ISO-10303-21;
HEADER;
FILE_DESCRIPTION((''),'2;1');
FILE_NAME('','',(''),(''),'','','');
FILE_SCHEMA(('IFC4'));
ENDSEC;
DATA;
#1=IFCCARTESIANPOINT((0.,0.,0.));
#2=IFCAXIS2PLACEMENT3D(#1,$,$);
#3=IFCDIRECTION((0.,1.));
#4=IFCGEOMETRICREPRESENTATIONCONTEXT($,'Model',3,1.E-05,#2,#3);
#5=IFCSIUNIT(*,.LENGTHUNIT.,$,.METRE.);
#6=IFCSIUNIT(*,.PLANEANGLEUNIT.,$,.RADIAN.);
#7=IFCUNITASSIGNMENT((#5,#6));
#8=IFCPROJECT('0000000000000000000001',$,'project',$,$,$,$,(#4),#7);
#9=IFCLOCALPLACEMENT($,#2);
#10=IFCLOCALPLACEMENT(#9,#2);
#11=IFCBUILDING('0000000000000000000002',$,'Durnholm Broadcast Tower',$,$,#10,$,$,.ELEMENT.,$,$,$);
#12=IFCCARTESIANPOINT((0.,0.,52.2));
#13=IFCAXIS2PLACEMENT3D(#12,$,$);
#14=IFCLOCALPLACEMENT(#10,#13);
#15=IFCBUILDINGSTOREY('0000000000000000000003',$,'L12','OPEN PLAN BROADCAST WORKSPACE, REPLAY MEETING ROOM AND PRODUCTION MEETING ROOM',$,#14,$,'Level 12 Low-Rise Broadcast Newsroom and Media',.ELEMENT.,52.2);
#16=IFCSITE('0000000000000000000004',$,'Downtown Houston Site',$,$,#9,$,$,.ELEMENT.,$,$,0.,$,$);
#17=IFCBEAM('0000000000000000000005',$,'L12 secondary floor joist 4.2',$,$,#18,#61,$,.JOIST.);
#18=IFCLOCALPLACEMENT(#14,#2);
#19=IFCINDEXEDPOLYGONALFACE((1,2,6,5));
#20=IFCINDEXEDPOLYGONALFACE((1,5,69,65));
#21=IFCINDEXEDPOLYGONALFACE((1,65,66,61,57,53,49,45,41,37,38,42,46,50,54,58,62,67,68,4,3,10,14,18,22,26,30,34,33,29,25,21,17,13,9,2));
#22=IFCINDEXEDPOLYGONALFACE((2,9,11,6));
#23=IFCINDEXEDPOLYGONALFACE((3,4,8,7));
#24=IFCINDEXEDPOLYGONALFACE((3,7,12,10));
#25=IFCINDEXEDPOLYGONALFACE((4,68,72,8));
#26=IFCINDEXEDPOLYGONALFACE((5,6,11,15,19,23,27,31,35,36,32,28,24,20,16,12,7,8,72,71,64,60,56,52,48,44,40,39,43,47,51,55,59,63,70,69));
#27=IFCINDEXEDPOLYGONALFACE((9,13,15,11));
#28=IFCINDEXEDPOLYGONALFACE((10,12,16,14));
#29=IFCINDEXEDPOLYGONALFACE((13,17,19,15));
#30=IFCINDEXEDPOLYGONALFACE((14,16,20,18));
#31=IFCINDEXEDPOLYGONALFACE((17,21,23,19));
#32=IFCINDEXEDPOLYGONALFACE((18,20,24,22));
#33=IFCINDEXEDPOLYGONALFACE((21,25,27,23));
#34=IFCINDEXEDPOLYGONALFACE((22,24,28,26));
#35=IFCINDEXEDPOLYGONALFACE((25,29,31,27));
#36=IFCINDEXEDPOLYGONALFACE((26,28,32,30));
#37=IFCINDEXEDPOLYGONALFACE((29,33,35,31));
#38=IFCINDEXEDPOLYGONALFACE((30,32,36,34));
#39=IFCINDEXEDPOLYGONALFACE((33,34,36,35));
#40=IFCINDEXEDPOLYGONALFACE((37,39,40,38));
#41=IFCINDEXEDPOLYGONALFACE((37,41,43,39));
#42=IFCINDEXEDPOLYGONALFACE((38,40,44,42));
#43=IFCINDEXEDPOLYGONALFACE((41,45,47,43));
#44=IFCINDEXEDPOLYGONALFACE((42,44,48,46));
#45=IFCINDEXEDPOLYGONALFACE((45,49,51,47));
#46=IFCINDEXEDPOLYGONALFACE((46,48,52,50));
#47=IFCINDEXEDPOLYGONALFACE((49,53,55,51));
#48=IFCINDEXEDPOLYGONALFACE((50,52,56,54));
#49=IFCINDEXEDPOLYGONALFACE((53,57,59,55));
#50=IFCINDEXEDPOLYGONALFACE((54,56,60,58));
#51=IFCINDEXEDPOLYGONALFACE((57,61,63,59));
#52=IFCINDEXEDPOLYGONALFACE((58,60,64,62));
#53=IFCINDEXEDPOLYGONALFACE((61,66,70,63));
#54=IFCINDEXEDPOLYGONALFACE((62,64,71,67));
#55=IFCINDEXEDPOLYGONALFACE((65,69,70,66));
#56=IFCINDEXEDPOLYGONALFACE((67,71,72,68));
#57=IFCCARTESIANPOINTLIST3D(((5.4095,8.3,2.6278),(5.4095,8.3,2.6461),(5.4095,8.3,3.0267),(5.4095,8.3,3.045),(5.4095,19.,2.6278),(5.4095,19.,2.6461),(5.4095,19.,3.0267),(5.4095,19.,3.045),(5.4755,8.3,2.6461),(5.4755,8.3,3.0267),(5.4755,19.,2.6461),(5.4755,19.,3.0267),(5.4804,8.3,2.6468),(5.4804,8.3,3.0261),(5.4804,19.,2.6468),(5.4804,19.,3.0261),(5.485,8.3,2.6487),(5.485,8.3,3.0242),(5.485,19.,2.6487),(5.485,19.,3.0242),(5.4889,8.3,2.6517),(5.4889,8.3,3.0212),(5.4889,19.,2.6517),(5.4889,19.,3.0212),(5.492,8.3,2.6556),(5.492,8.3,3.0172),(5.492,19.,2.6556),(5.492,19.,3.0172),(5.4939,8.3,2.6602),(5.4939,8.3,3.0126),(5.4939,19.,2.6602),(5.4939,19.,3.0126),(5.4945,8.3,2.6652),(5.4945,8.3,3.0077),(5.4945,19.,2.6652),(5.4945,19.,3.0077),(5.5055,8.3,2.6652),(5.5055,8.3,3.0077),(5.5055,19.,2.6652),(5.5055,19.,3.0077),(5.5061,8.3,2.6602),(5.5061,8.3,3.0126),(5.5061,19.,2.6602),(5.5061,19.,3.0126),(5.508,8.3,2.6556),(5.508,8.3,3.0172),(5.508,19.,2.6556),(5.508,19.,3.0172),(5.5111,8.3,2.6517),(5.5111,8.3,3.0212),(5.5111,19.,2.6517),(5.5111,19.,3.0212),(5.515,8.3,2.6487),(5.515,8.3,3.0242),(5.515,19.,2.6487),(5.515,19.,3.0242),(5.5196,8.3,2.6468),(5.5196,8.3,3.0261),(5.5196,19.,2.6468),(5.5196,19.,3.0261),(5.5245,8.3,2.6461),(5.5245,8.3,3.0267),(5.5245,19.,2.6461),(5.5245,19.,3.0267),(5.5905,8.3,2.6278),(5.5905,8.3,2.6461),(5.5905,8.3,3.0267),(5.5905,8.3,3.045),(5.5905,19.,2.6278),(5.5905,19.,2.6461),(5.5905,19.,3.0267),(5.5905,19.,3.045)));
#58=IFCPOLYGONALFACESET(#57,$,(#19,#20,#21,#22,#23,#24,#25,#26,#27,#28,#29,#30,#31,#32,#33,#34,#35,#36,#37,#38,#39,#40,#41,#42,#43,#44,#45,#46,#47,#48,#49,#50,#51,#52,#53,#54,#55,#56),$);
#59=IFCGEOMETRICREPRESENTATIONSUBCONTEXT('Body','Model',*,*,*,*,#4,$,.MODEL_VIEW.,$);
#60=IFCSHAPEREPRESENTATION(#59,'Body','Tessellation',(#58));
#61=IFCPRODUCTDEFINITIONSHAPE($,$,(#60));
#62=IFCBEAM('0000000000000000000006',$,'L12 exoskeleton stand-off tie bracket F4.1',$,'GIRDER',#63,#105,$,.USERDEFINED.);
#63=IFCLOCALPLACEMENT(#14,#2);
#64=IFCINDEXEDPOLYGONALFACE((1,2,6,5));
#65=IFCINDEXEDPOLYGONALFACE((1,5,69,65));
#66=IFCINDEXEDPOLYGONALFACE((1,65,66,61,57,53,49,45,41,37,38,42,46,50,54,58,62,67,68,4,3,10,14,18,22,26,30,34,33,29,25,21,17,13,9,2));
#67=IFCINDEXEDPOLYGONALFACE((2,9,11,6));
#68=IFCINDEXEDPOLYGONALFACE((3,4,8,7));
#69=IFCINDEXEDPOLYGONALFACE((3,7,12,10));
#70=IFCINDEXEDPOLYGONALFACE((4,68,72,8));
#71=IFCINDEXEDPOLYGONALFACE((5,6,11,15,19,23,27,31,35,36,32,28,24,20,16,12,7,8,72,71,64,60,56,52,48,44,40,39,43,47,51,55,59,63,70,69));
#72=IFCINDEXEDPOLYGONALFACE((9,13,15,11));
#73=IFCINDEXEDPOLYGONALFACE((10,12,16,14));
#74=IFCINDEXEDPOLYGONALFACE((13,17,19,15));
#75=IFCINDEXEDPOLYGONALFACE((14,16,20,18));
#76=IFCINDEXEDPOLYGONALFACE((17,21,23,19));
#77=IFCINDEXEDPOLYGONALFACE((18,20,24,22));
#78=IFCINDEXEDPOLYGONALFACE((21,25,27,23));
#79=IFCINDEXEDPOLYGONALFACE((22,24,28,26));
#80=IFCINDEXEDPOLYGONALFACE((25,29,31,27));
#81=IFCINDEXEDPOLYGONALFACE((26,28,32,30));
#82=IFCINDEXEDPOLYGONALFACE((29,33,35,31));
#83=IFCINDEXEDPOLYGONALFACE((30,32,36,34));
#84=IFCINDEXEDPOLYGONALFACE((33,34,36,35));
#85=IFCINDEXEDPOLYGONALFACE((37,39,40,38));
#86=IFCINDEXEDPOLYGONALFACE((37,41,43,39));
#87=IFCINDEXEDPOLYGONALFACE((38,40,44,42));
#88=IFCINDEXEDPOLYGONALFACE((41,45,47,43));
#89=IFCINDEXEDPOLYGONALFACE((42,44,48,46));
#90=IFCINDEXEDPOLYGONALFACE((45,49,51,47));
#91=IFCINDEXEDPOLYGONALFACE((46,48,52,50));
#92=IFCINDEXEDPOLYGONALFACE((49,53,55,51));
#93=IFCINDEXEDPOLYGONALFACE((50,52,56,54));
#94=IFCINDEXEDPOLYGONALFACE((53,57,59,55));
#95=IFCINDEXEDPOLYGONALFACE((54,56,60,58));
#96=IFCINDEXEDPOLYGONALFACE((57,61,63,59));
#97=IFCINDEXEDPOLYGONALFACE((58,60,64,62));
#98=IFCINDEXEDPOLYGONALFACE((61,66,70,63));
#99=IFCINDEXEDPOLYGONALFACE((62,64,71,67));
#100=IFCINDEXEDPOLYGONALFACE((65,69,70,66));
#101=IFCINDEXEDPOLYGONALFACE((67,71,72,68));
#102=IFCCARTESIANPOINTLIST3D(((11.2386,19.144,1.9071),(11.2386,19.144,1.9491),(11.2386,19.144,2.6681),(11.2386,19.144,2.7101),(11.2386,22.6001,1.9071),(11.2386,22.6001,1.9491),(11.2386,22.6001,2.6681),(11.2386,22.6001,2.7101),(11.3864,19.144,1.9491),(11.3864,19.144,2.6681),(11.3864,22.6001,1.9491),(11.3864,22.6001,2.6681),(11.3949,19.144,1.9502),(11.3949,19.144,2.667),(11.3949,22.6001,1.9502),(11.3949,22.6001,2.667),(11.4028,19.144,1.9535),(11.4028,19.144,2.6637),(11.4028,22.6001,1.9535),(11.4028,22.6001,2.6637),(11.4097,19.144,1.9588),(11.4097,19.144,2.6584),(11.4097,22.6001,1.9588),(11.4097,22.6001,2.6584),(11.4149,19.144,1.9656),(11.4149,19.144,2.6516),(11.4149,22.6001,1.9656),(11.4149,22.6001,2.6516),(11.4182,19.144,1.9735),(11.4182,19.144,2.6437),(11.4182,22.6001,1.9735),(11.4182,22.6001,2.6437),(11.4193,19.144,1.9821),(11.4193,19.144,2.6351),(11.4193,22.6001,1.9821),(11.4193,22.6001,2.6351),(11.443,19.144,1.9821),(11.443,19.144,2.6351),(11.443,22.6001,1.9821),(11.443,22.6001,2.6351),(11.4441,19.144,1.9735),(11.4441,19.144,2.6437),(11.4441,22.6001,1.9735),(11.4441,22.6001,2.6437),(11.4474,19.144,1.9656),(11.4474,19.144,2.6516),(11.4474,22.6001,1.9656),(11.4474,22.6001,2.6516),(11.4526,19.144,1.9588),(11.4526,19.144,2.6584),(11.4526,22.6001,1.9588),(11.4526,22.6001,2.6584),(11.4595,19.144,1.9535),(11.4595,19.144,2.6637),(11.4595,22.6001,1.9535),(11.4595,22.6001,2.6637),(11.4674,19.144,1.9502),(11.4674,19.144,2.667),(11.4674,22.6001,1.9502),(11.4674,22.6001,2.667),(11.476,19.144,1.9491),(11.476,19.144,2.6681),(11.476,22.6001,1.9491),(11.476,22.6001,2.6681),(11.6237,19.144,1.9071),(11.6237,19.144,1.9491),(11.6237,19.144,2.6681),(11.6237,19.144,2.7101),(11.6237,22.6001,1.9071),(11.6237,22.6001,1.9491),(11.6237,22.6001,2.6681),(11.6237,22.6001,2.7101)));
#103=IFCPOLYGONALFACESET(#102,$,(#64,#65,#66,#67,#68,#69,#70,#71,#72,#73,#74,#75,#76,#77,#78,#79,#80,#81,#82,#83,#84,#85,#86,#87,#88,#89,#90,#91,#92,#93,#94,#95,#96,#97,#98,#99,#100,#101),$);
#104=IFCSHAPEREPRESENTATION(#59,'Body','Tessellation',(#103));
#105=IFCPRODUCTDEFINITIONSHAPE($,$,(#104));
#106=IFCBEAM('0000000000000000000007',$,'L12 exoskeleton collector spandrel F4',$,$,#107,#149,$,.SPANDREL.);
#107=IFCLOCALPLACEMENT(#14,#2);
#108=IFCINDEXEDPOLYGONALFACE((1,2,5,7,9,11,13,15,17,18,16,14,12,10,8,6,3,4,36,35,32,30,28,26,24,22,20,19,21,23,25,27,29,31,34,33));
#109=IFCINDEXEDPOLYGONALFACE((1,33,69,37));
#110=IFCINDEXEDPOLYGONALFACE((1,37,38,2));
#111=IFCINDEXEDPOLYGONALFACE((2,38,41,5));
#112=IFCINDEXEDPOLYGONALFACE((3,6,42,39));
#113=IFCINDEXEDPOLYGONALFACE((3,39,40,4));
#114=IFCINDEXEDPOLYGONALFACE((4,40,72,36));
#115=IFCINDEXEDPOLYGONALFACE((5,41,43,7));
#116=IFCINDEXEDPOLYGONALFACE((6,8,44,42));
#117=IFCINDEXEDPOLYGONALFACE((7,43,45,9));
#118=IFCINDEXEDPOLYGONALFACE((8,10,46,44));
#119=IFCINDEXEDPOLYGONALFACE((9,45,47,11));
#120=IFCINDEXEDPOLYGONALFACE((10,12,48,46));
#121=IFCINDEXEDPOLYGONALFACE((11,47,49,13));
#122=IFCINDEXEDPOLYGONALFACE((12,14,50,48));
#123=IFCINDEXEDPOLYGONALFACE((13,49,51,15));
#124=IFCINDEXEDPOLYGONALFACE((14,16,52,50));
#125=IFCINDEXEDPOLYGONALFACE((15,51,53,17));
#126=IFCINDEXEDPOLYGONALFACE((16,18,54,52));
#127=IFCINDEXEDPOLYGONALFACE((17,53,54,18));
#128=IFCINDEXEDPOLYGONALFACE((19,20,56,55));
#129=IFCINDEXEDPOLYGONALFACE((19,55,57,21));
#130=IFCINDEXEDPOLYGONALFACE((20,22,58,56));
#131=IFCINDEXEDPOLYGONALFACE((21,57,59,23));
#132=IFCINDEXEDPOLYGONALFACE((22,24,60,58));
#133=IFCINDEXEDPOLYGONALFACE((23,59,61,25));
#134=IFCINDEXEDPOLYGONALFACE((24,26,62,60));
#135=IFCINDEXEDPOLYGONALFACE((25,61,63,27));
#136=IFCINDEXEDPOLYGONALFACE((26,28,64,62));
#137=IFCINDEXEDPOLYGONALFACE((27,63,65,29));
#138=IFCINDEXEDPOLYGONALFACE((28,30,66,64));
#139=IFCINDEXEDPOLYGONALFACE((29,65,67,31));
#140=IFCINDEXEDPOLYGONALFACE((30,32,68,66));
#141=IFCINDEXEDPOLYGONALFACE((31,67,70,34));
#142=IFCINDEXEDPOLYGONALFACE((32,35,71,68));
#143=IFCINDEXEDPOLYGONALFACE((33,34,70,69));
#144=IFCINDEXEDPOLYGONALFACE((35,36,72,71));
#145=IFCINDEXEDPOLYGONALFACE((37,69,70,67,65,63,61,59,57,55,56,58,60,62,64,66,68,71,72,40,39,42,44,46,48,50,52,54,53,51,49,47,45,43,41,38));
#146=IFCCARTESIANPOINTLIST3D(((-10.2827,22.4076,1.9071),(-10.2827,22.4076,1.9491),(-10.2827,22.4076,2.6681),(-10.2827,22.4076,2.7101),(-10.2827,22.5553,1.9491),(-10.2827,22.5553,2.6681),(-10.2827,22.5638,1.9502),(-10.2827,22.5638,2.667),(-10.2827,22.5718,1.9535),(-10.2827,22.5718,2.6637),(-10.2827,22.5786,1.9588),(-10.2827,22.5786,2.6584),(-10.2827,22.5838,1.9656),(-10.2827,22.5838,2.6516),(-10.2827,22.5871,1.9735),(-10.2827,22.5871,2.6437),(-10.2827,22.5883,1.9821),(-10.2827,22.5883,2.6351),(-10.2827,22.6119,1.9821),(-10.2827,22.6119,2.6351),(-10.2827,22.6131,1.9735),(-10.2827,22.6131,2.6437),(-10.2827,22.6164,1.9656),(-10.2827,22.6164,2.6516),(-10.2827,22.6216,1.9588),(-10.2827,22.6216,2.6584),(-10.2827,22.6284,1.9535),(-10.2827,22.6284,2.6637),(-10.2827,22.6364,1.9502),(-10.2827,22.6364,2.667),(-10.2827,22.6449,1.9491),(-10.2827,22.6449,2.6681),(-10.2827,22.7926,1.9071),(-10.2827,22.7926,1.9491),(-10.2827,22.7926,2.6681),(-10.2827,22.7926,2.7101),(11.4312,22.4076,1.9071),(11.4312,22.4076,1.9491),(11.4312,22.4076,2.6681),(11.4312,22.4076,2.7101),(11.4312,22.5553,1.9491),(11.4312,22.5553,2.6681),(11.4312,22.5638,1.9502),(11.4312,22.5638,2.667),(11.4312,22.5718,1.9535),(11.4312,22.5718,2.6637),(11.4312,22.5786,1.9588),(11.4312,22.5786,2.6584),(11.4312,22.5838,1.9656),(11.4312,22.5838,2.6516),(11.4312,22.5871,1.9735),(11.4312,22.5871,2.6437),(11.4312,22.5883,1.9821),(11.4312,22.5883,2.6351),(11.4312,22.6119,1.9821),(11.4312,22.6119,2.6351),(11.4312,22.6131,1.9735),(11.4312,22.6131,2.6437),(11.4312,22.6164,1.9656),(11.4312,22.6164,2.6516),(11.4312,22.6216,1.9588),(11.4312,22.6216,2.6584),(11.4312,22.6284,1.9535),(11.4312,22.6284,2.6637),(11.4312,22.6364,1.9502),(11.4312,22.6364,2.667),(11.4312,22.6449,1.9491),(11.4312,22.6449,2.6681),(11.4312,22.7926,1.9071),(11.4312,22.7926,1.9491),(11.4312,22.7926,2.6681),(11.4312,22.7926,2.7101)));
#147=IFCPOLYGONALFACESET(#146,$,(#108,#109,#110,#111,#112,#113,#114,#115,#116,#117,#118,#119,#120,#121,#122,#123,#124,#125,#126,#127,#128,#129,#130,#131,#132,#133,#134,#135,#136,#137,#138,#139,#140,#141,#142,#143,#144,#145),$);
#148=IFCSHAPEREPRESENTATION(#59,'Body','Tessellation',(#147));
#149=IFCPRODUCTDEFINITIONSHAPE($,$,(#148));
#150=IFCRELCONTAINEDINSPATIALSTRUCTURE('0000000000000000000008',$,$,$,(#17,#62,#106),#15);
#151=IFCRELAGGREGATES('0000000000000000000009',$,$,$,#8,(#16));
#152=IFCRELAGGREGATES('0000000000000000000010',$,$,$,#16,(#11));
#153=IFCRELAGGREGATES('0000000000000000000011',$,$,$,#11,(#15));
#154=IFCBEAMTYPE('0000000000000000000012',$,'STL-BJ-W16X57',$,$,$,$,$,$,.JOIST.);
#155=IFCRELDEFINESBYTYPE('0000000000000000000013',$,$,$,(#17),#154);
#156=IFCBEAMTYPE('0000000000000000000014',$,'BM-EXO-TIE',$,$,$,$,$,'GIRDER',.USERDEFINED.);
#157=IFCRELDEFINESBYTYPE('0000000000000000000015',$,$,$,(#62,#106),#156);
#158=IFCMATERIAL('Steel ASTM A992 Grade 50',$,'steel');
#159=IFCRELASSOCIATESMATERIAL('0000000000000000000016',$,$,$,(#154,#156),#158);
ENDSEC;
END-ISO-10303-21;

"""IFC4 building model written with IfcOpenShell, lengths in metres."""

from ifc_helpers import new_model, si_unit, direction, frame, origin, origin_2d, place, context, subcontext, project, spatial, i_section, extrude, source, transform, mapped, material, material_profile, profile_set, type_object, type_shapes, element, save


model = new_model("IFC4")

# Units and contexts
model_context = context("Model", 3, precision=1e-05, world=origin(), true_north=direction((0.0, 1.0)))
body_context = subcontext(model_context, "Body", "Model", "MODEL_VIEW")
ifc_project = project(units=[si_unit("LENGTHUNIT", "METRE"), si_unit("PLANEANGLEUNIT", "RADIAN")], contexts=[model_context])

# Site, building, storey
site_placement = place(None, origin())
site = spatial("IfcSite", under=ifc_project, at=site_placement, Name="Downtown Houston Site", CompositionType="ELEMENT", RefElevation=0.0)
building_placement = place(site_placement, origin())
building = spatial("IfcBuilding", under=site, at=building_placement, Name="Durnholm Broadcast Tower", CompositionType="ELEMENT")
storey_placement = place(building_placement, frame((0.0, 0.0, 52.2)))
storey = spatial("IfcBuildingStorey", under=building, at=storey_placement, Name="L12", Description="OPEN PLAN BROADCAST WORKSPACE, REPLAY MEETING ROOM AND PRODUCTION MEETING ROOM", LongName="Level 12 Low-Rise Broadcast Newsroom and Media", CompositionType="ELEMENT", Elevation=52.2)

# Beams
ifc_material_1 = material(Name="Steel ASTM A992 Grade 50", Category="steel")
ifc_material_profile_1 = material_profile(ifc_material_1, i_section(OverallWidth=0.1809, OverallDepth=0.4172, WebThickness=0.011, FlangeThickness=0.0183, FilletRadius=0.019, at=origin_2d()), Name="W16X57")
ifc_profile_set_1 = profile_set([ifc_material_profile_1], Name="Steel ASTM A992 Grade 50")
beam_type_1 = type_object("IfcBeamType", Name="STL-BJ-W16X57", PredefinedType="JOIST", material=ifc_profile_set_1)
shared_shape_1 = source(origin(), body_context, "Body", "SweptSolid", [
    extrude(i_section(OverallWidth=0.1809, OverallDepth=0.4172, WebThickness=0.011, FlangeThickness=0.0183, FilletRadius=0.019, at=origin_2d()), origin(), (0.0, 0.0, 1.0), 10.7),
])
type_shapes(beam_type_1, [shared_shape_1])
beam_1_placement = place(storey_placement, frame((5.5, 8.3, 2.8364), z_axis=(0.0, 1.0, 0.0), x_axis=(-1.0, 0.0, 0.0)))
element("IfcBeam", 1, at=beam_1_placement, inside=storey, type_object=beam_type_1, Name="L12 secondary floor joist 4.2", PredefinedType="JOIST", context=body_context, shape_type="MappedRepresentation", body=[
    mapped(shared_shape_1, transform((0.0, 0.0, 0.0), x_axis=(1.0, 0.0, 0.0), y_axis=(0.0, 1.0, 0.0), z_axis=(0.0, 0.0, 1.0), scale=1.0)),
])
ifc_material_profile_2 = material_profile(ifc_material_1, i_section(OverallWidth=0.385, OverallDepth=0.803, WebThickness=0.0237, FlangeThickness=0.042, FilletRadius=0.033, at=origin_2d()), Name="W30X261")
ifc_profile_set_2 = profile_set([ifc_material_profile_2], Name="Steel ASTM A992 Grade 50")
beam_type_2 = type_object("IfcBeamType", Name="BM-EXO-TIE", ElementType="GIRDER", PredefinedType="USERDEFINED", material=ifc_profile_set_2)
shared_shape_2 = source(origin(), body_context, "Body", "SweptSolid", [
    extrude(i_section(OverallWidth=0.385, OverallDepth=0.803, WebThickness=0.0237, FlangeThickness=0.042, FilletRadius=0.033, at=origin_2d()), origin(), (0.0, 0.0, 1.0), 3.4561),
])
beam_2_placement = place(storey_placement, frame((11.4312, 19.144, 2.3086), z_axis=(0.0, 1.0, 0.0), x_axis=(-1.0, 0.0, 0.0)))
element("IfcBeam", 2, at=beam_2_placement, inside=storey, type_object=beam_type_2, Name="L12 exoskeleton stand-off tie bracket F4.1", ObjectType="GIRDER", PredefinedType="USERDEFINED", context=body_context, shape_type="MappedRepresentation", body=[
    mapped(shared_shape_2, transform((0.0, 0.0, 0.0), x_axis=(1.0, 0.0, 0.0), y_axis=(0.0, 1.0, 0.0), z_axis=(0.0, 0.0, 1.0), scale=1.0)),
])
shared_shape_3 = source(origin(), body_context, "Body", "SweptSolid", [
    extrude(i_section(OverallWidth=0.385, OverallDepth=0.803, WebThickness=0.0237, FlangeThickness=0.042, FilletRadius=0.033, at=origin_2d()), origin(), (0.0, 0.0, 1.0), 21.7139),
])
type_shapes(beam_type_2, [shared_shape_2, shared_shape_3])
beam_3_placement = place(storey_placement, frame((11.4312, 22.6001, 2.3086), z_axis=(-1.0, 0.0, 0.0), x_axis=(0.0, -1.0, 0.0)))
element("IfcBeam", 3, at=beam_3_placement, inside=storey, type_object=beam_type_2, Name="L12 exoskeleton collector spandrel F4", PredefinedType="SPANDREL", context=body_context, shape_type="MappedRepresentation", body=[
    mapped(shared_shape_3, transform((0.0, 0.0, 0.0), x_axis=(1.0, 0.0, 0.0), y_axis=(0.0, 1.0, 0.0), z_axis=(0.0, 0.0, 1.0), scale=1.0)),
])

save(model, "model.ifc")
